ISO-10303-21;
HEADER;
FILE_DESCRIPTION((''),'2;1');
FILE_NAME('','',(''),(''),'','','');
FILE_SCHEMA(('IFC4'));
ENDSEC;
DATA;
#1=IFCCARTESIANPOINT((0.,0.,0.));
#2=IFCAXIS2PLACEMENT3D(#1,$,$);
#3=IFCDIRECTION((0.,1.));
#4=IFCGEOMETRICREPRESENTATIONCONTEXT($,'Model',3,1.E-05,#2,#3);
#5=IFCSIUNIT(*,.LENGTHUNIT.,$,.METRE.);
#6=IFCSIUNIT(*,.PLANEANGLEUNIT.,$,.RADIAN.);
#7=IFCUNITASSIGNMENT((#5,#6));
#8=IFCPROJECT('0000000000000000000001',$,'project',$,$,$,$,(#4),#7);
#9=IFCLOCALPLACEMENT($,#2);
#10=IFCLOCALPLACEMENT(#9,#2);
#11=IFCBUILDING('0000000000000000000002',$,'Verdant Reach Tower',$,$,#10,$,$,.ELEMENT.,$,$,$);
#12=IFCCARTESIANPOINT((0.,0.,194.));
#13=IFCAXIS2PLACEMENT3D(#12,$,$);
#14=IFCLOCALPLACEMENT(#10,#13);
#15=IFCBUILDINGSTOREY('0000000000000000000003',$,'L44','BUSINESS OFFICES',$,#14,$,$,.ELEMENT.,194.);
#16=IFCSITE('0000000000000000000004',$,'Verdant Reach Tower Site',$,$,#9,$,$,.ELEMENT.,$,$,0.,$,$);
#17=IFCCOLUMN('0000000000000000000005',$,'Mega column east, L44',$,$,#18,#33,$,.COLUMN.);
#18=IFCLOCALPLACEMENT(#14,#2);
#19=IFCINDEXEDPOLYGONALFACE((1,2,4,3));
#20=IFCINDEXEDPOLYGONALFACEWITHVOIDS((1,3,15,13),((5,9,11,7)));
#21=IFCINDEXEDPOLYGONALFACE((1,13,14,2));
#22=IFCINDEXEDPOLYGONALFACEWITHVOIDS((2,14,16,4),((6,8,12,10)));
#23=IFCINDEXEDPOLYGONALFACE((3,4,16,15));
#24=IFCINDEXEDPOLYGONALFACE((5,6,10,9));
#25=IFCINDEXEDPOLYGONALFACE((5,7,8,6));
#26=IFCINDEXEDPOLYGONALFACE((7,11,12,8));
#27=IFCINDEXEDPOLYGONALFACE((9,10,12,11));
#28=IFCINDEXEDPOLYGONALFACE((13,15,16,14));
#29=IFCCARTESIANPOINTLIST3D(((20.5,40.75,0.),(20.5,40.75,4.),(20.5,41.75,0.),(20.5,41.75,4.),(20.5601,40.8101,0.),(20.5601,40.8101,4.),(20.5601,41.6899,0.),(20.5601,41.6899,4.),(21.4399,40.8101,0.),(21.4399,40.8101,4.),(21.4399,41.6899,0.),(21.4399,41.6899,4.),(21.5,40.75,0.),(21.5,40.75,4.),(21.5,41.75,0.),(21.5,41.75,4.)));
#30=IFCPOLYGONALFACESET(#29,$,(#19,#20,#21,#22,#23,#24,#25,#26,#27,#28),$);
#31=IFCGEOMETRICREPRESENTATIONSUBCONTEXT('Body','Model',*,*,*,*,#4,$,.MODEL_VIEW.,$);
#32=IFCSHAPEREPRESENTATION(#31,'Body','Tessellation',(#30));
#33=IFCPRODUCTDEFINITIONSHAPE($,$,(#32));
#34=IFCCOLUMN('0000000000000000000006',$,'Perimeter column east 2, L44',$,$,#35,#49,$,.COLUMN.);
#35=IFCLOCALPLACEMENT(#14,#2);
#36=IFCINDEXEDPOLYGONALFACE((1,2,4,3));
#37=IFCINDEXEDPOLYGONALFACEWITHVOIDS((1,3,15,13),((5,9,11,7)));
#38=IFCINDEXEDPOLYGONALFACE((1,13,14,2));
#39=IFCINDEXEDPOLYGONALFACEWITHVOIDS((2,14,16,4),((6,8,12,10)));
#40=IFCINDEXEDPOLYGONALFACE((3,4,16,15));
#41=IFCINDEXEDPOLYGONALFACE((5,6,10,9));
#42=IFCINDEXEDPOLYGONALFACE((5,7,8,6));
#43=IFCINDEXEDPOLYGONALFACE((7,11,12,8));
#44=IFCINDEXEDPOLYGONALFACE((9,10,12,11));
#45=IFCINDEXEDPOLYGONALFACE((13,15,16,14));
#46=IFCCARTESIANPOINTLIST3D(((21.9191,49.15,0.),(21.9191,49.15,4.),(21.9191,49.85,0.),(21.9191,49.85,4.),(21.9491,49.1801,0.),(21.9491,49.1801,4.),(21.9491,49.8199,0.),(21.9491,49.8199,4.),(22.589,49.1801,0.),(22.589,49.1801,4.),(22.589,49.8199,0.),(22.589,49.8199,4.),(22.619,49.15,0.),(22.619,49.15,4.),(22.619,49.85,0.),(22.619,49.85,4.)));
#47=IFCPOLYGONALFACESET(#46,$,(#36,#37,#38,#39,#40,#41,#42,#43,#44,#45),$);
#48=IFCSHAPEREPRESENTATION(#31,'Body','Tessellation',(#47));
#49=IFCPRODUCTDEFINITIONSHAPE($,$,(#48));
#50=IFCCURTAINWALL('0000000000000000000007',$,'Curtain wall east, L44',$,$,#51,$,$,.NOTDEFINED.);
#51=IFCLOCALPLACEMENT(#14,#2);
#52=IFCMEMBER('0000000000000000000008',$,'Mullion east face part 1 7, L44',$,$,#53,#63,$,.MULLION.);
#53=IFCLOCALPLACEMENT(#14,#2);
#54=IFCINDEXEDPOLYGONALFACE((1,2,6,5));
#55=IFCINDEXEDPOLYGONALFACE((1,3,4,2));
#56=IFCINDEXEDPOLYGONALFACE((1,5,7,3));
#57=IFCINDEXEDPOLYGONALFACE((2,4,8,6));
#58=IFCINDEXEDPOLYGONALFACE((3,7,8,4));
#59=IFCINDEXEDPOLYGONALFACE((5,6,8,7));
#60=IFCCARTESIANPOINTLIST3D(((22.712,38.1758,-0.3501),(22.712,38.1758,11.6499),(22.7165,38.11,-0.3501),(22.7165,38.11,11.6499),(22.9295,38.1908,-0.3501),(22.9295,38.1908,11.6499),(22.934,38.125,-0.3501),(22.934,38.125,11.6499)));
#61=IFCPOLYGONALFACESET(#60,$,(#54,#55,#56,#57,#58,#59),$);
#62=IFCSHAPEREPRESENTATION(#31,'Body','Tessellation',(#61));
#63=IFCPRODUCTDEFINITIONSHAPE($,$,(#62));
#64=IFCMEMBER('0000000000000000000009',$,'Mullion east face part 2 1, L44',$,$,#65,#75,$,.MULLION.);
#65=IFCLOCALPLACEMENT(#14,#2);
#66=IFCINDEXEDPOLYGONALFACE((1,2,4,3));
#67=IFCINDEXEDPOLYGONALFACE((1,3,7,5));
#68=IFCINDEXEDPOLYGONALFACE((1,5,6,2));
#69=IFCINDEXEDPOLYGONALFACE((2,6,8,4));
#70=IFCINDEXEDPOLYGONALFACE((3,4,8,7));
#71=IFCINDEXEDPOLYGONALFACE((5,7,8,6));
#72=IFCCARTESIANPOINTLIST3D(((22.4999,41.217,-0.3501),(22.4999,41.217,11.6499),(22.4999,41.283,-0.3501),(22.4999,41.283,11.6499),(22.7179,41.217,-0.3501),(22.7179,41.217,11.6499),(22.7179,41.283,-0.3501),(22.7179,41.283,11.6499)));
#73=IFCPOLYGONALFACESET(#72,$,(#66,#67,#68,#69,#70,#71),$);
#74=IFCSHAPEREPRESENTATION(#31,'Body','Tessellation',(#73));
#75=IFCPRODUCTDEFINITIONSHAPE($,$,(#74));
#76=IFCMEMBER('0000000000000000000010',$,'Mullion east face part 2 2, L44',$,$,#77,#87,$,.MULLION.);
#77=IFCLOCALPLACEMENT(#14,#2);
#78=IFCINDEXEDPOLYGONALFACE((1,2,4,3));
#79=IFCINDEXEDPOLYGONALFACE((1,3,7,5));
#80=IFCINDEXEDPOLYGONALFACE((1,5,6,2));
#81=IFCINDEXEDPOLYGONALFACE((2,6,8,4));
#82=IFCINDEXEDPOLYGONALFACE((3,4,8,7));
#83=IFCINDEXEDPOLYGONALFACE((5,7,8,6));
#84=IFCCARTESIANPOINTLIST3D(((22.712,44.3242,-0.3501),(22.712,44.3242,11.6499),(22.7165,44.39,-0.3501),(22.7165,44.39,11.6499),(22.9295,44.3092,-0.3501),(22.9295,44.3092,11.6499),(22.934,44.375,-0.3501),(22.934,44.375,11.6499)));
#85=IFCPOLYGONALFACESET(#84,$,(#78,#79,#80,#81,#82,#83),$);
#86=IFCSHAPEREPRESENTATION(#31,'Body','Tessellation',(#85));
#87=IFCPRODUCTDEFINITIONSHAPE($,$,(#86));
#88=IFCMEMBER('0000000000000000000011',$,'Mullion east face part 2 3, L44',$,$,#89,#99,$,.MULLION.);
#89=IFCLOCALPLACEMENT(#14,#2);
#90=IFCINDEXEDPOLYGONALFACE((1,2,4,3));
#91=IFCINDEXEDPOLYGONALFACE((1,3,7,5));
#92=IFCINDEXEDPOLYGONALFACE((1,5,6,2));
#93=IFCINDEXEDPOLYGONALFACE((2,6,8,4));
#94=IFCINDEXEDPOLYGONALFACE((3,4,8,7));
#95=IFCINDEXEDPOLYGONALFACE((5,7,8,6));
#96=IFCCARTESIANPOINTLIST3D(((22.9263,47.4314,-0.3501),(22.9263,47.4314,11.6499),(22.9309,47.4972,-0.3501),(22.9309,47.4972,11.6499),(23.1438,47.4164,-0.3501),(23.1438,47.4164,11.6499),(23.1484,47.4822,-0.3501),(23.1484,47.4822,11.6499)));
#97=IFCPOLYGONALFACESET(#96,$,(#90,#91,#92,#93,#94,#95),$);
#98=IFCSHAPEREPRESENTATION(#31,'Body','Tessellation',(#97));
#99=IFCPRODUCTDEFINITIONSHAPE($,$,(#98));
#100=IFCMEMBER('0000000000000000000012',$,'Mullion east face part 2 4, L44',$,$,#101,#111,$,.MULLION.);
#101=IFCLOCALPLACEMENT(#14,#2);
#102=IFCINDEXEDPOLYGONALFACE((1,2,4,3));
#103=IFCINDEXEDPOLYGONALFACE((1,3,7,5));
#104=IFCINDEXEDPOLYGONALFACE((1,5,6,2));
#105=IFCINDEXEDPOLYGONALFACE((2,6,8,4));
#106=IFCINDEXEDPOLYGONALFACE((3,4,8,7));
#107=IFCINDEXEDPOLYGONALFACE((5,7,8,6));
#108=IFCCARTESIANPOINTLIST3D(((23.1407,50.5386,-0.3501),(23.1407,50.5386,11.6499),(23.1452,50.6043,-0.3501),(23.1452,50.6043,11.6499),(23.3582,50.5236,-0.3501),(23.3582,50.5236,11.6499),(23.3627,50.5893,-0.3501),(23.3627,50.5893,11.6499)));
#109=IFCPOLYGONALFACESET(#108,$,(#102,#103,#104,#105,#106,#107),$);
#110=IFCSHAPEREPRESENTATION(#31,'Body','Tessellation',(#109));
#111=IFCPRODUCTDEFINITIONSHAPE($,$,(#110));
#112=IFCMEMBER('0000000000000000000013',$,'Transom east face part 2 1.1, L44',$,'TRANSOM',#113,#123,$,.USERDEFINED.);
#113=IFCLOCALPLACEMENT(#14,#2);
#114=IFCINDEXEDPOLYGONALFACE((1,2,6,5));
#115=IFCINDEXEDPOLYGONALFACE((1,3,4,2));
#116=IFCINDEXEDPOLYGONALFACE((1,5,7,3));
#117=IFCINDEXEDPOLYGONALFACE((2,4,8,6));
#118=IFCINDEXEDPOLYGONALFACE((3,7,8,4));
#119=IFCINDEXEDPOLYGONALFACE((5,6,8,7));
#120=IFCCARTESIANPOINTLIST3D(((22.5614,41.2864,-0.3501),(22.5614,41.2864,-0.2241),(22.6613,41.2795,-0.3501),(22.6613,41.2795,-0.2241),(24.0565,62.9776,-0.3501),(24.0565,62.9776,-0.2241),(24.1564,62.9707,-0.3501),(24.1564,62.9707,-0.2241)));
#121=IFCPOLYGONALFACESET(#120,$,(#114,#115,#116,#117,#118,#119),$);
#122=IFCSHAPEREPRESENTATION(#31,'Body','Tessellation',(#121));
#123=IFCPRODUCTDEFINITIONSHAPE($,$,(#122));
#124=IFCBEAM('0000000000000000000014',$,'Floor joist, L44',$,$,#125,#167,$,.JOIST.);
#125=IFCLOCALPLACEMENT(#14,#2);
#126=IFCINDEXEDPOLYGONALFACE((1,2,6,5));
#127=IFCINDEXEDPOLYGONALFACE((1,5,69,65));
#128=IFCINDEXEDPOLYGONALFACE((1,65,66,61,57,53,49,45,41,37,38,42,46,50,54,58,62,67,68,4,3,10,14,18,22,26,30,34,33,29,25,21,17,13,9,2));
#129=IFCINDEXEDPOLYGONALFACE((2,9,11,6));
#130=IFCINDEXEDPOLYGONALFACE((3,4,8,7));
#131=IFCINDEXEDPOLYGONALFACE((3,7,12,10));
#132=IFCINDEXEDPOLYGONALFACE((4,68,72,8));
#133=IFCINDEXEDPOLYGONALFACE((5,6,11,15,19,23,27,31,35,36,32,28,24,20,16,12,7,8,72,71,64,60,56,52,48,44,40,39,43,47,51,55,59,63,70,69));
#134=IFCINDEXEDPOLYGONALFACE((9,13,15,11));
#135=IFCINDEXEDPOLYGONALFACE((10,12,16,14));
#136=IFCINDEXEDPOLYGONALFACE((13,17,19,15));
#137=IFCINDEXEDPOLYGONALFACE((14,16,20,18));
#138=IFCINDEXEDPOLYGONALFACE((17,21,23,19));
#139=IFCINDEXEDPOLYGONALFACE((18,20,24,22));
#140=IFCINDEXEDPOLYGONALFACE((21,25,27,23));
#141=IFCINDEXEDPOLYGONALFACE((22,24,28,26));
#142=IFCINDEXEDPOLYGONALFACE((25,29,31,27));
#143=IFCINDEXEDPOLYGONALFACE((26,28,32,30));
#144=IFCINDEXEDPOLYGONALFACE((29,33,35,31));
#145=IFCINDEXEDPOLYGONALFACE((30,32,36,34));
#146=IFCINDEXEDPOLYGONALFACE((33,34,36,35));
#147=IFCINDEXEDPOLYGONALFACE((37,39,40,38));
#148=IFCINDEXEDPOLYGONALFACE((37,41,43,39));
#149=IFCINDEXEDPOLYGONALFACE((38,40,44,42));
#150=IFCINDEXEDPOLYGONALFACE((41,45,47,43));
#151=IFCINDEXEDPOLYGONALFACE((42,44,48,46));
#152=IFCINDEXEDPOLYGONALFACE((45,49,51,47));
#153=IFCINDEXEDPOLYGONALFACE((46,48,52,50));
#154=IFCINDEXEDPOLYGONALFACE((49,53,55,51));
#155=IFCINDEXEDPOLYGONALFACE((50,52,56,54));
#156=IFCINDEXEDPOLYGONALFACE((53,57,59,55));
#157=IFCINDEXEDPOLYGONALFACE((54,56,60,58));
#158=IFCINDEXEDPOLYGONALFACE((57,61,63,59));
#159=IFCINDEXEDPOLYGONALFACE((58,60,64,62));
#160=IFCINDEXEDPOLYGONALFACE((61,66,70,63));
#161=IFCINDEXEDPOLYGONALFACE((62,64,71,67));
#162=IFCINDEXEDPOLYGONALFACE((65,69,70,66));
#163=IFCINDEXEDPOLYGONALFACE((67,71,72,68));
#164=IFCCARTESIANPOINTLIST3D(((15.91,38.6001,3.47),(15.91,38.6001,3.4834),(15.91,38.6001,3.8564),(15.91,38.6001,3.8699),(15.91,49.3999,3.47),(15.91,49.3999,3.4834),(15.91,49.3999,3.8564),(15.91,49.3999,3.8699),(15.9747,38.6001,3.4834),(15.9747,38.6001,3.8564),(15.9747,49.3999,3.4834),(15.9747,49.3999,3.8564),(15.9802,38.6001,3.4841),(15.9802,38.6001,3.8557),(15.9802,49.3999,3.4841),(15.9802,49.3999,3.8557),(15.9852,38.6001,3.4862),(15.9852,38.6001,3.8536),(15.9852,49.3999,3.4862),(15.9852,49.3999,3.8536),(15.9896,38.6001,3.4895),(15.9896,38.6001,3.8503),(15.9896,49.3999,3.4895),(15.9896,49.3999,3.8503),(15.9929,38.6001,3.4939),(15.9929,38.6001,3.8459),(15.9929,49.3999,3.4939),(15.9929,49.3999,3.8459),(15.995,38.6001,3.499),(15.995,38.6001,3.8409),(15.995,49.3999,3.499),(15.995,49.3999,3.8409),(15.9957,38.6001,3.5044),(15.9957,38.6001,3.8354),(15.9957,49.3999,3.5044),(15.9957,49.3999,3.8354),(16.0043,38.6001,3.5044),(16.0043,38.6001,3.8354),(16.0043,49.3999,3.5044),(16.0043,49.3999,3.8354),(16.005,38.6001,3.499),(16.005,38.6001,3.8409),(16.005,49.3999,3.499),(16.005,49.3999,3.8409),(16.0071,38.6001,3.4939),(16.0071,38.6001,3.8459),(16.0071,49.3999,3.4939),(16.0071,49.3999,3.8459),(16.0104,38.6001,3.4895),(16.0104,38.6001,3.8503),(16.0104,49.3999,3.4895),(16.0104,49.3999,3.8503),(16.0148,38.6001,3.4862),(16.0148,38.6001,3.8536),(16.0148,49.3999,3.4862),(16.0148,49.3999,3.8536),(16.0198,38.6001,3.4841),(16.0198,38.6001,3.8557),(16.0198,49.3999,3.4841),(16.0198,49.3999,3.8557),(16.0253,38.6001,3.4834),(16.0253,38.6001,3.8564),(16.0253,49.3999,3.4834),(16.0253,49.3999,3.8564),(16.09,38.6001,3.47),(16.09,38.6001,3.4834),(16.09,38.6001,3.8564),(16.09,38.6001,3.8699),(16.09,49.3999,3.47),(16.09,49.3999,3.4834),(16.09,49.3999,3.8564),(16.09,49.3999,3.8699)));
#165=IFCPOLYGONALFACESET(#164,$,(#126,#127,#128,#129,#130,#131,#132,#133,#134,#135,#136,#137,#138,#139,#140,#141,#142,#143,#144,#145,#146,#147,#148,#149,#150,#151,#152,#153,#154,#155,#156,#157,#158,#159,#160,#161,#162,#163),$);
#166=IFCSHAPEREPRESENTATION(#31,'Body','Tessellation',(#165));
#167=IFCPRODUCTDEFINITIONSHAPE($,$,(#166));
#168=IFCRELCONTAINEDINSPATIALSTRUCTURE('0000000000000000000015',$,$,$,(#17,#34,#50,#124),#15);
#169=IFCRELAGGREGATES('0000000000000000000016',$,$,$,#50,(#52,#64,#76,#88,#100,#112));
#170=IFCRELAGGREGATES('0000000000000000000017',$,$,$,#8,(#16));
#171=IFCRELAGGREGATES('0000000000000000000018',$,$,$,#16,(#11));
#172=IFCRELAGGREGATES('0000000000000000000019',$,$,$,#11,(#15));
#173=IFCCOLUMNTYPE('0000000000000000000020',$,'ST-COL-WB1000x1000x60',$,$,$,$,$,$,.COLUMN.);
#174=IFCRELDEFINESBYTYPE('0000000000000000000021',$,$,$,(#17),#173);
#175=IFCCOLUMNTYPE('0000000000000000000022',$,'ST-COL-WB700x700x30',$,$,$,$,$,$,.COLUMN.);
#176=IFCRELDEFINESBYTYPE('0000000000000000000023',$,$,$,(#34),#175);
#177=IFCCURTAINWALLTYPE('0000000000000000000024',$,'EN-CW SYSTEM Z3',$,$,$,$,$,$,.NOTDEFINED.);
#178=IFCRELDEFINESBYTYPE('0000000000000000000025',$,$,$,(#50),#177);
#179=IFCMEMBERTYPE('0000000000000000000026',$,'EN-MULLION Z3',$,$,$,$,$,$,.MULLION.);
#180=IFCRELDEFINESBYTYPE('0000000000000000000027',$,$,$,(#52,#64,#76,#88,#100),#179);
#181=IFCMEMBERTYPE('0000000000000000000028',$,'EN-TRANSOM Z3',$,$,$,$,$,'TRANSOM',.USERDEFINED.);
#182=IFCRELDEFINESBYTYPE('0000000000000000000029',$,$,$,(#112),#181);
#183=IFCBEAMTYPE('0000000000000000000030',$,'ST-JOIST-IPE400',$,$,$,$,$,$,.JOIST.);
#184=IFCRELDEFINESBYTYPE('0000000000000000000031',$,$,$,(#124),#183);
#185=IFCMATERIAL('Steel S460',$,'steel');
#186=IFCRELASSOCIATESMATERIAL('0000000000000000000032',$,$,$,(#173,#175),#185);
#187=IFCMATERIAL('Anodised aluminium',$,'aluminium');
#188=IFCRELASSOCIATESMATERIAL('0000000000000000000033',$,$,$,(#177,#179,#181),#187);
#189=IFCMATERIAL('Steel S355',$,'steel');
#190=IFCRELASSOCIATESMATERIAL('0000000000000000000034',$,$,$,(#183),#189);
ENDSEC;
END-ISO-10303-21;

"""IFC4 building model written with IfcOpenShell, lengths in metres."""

from ifc_helpers import new_model, si_unit, direction, frame, origin, origin_2d, place, context, subcontext, project, spatial, rectangle, hollow_rectangle, i_section, extrude, material, material_profile, profile_set, type_object, element, aggregate, save


model = new_model("IFC4")

# Units and contexts
model_context = context("Model", 3, precision=1e-05, world=origin(), true_north=direction((0.0, 1.0)))
body_context = subcontext(model_context, "Body", "Model", "MODEL_VIEW")
ifc_project = project(units=[si_unit("LENGTHUNIT", "METRE"), si_unit("PLANEANGLEUNIT", "RADIAN")], contexts=[model_context])

# Site, building, storey
site_placement = place(None, origin())
site = spatial("IfcSite", under=ifc_project, at=site_placement, Name="Verdant Reach Tower Site", CompositionType="ELEMENT", RefElevation=0.0)
building_placement = place(site_placement, origin())
building = spatial("IfcBuilding", under=site, at=building_placement, Name="Verdant Reach Tower", CompositionType="ELEMENT")
storey_placement = place(building_placement, frame((0.0, 0.0, 194.0)))
storey = spatial("IfcBuildingStorey", under=building, at=storey_placement, Name="L44", Description="BUSINESS OFFICES", CompositionType="ELEMENT", Elevation=194.0)

# Columns
ifc_material_1 = material(Name="Steel S460", Category="steel")
ifc_material_profile_1 = material_profile(ifc_material_1, hollow_rectangle(XDim=1.0, YDim=1.0, WallThickness=0.0601, at=origin_2d()), Name="WB 1000x1000x60")
ifc_profile_set_1 = profile_set([ifc_material_profile_1], Name="Steel S460")
column_type_1 = type_object("IfcColumnType", Name="ST-COL-WB1000x1000x60", PredefinedType="COLUMN", material=ifc_profile_set_1)
column_1_placement = place(storey_placement, frame((21.0, 41.25, 0.0), z_axis=(0.0, 0.0, 1.0), x_axis=(1.0, 0.0, 0.0)))
element("IfcColumn", 1, at=column_1_placement, inside=storey, type_object=column_type_1, Name="Mega column east, L44", PredefinedType="COLUMN", context=body_context, shape_type="SweptSolid", body=[
    extrude(hollow_rectangle(XDim=1.0, YDim=1.0, WallThickness=0.0601, at=origin_2d()), origin(), (0.0, 0.0, 1.0), 4.0),
])
ifc_material_profile_2 = material_profile(ifc_material_1, hollow_rectangle(XDim=0.7, YDim=0.7, WallThickness=0.03, at=origin_2d()), Name="WB 700x700x30")
ifc_profile_set_2 = profile_set([ifc_material_profile_2], Name="Steel S460")
column_type_2 = type_object("IfcColumnType", Name="ST-COL-WB700x700x30", PredefinedType="COLUMN", material=ifc_profile_set_2)
column_2_placement = place(storey_placement, frame((22.269, 49.5, 0.0), z_axis=(0.0, 0.0, 1.0), x_axis=(1.0, 0.0, 0.0)))
element("IfcColumn", 2, at=column_2_placement, inside=storey, type_object=column_type_2, Name="Perimeter column east 2, L44", PredefinedType="COLUMN", context=body_context, shape_type="SweptSolid", body=[
    extrude(hollow_rectangle(XDim=0.7, YDim=0.7, WallThickness=0.03, at=origin_2d()), origin(), (0.0, 0.0, 1.0), 4.0),
])

# Curtain wall, members
ifc_material_2 = material(Name="Anodised aluminium", Category="aluminium")
curtain_wall_type = type_object("IfcCurtainWallType", Name="EN-CW SYSTEM Z3", PredefinedType="NOTDEFINED", material=ifc_material_2)
curtain_wall_placement = place(storey_placement, origin())
curtain_wall = element("IfcCurtainWall", 3, at=curtain_wall_placement, inside=storey, type_object=curtain_wall_type, Name="Curtain wall east, L44", PredefinedType="NOTDEFINED")
ifc_material_profile_3 = material_profile(ifc_material_2, rectangle(XDim=0.218, YDim=0.0659, at=origin_2d()), Name="Mullion 66x218")
ifc_profile_set_3 = profile_set([ifc_material_profile_3], Name="Anodised aluminium")
member_type_1 = type_object("IfcMemberType", Name="EN-MULLION Z3", PredefinedType="MULLION", material=ifc_profile_set_3)
member_1_placement = place(storey_placement, frame((22.823, 38.1504, -0.3501), z_axis=(0.0, 0.0, 1.0), x_axis=(0.99763, 0.068802, 0.0)))
member_1 = element("IfcMember", 4, at=member_1_placement, type_object=member_type_1, Name="Mullion east face part 1 7, L44", PredefinedType="MULLION", context=body_context, shape_type="SweptSolid", body=[
    extrude(rectangle(XDim=0.218, YDim=0.0659, at=origin_2d()), origin(), (0.0, 0.0, 1.0), 12.0),
])
member_2_placement = place(storey_placement, frame((22.6089, 41.25, -0.3501), z_axis=(0.0, 0.0, 1.0), x_axis=(1.0, 0.0, 0.0)))
member_2 = element("IfcMember", 5, at=member_2_placement, type_object=member_type_1, Name="Mullion east face part 2 1, L44", PredefinedType="MULLION", context=body_context, shape_type="SweptSolid", body=[
    extrude(rectangle(XDim=0.218, YDim=0.0659, at=origin_2d()), origin(), (0.0, 0.0, 1.0), 12.0),
])
member_3_placement = place(storey_placement, frame((22.823, 44.3496, -0.3501), z_axis=(0.0, 0.0, 1.0), x_axis=(0.99763, -0.068802, 0.0)))
member_3 = element("IfcMember", 6, at=member_3_placement, type_object=member_type_1, Name="Mullion east face part 2 2, L44", PredefinedType="MULLION", context=body_context, shape_type="SweptSolid", body=[
    extrude(rectangle(XDim=0.218, YDim=0.0659, at=origin_2d()), origin(), (0.0, 0.0, 1.0), 12.0),
])
member_4_placement = place(storey_placement, frame((23.0374, 47.4568, -0.3501), z_axis=(0.0, 0.0, 1.0), x_axis=(0.99763, -0.068802, 0.0)))
member_4 = element("IfcMember", 7, at=member_4_placement, type_object=member_type_1, Name="Mullion east face part 2 3, L44", PredefinedType="MULLION", context=body_context, shape_type="SweptSolid", body=[
    extrude(rectangle(XDim=0.218, YDim=0.0659, at=origin_2d()), origin(), (0.0, 0.0, 1.0), 12.0),
])
member_5_placement = place(storey_placement, frame((23.2517, 50.564, -0.3501), z_axis=(0.0, 0.0, 1.0), x_axis=(0.99763, -0.068802, 0.0)))
member_5 = element("IfcMember", 8, at=member_5_placement, type_object=member_type_1, Name="Mullion east face part 2 4, L44", PredefinedType="MULLION", context=body_context, shape_type="SweptSolid", body=[
    extrude(rectangle(XDim=0.218, YDim=0.0659, at=origin_2d()), origin(), (0.0, 0.0, 1.0), 12.0),
])
ifc_material_profile_4 = material_profile(ifc_material_2, rectangle(XDim=0.1001, YDim=0.126, at=origin_2d()), Name="Transom 126x100")
ifc_profile_set_4 = profile_set([ifc_material_profile_4], Name="Anodised aluminium")
member_type_2 = type_object("IfcMemberType", Name="EN-TRANSOM Z3", ElementType="TRANSOM", PredefinedType="USERDEFINED", material=ifc_profile_set_4)
member_6_placement = place(storey_placement, frame((22.6113, 41.283, -0.2871), z_axis=(0.068764, 0.997633, 0.0), x_axis=(-0.997633, 0.068764, 0.0)))
member_6 = element("IfcMember", 9, at=member_6_placement, type_object=member_type_2, Name="Transom east face part 2 1.1, L44", ObjectType="TRANSOM", PredefinedType="USERDEFINED", context=body_context, shape_type="SweptSolid", body=[
    extrude(rectangle(XDim=0.1001, YDim=0.126, at=origin_2d()), origin(), (0.0, 0.0, 1.0), 21.7427),
])

# Beam
ifc_material_3 = material(Name="Steel S355", Category="steel")
ifc_material_profile_5 = material_profile(ifc_material_3, i_section(OverallWidth=0.1799, OverallDepth=0.3999, WebThickness=0.0085, FlangeThickness=0.0134, FilletRadius=0.021, at=origin_2d()), Name="IPE 400")
ifc_profile_set_5 = profile_set([ifc_material_profile_5], Name="Steel S355")
beam_type_1 = type_object("IfcBeamType", Name="ST-JOIST-IPE400", PredefinedType="JOIST", material=ifc_profile_set_5)
for number, where, z_axis, x_axis, name in (
    (10, (16.0, 38.6001, 3.6699), (0.0, 1.0, 0.0), (-1.0, 0.0, 0.0), "Floor joist, L44"),
):
    element("IfcBeam", number, at=place(storey_placement, frame(where, z_axis=z_axis, x_axis=x_axis)), inside=storey, type_object=beam_type_1, Name=name, PredefinedType="JOIST", context=body_context, shape_type="SweptSolid", body=[
        extrude(i_section(OverallWidth=0.1799, OverallDepth=0.3999, WebThickness=0.0085, FlangeThickness=0.0134, FilletRadius=0.021, at=origin_2d()), origin(), (0.0, 0.0, 1.0), 10.7998),
    ])

aggregate(curtain_wall, [member_1, member_2, member_3, member_4, member_5, member_6])

save(model, "model.ifc")
